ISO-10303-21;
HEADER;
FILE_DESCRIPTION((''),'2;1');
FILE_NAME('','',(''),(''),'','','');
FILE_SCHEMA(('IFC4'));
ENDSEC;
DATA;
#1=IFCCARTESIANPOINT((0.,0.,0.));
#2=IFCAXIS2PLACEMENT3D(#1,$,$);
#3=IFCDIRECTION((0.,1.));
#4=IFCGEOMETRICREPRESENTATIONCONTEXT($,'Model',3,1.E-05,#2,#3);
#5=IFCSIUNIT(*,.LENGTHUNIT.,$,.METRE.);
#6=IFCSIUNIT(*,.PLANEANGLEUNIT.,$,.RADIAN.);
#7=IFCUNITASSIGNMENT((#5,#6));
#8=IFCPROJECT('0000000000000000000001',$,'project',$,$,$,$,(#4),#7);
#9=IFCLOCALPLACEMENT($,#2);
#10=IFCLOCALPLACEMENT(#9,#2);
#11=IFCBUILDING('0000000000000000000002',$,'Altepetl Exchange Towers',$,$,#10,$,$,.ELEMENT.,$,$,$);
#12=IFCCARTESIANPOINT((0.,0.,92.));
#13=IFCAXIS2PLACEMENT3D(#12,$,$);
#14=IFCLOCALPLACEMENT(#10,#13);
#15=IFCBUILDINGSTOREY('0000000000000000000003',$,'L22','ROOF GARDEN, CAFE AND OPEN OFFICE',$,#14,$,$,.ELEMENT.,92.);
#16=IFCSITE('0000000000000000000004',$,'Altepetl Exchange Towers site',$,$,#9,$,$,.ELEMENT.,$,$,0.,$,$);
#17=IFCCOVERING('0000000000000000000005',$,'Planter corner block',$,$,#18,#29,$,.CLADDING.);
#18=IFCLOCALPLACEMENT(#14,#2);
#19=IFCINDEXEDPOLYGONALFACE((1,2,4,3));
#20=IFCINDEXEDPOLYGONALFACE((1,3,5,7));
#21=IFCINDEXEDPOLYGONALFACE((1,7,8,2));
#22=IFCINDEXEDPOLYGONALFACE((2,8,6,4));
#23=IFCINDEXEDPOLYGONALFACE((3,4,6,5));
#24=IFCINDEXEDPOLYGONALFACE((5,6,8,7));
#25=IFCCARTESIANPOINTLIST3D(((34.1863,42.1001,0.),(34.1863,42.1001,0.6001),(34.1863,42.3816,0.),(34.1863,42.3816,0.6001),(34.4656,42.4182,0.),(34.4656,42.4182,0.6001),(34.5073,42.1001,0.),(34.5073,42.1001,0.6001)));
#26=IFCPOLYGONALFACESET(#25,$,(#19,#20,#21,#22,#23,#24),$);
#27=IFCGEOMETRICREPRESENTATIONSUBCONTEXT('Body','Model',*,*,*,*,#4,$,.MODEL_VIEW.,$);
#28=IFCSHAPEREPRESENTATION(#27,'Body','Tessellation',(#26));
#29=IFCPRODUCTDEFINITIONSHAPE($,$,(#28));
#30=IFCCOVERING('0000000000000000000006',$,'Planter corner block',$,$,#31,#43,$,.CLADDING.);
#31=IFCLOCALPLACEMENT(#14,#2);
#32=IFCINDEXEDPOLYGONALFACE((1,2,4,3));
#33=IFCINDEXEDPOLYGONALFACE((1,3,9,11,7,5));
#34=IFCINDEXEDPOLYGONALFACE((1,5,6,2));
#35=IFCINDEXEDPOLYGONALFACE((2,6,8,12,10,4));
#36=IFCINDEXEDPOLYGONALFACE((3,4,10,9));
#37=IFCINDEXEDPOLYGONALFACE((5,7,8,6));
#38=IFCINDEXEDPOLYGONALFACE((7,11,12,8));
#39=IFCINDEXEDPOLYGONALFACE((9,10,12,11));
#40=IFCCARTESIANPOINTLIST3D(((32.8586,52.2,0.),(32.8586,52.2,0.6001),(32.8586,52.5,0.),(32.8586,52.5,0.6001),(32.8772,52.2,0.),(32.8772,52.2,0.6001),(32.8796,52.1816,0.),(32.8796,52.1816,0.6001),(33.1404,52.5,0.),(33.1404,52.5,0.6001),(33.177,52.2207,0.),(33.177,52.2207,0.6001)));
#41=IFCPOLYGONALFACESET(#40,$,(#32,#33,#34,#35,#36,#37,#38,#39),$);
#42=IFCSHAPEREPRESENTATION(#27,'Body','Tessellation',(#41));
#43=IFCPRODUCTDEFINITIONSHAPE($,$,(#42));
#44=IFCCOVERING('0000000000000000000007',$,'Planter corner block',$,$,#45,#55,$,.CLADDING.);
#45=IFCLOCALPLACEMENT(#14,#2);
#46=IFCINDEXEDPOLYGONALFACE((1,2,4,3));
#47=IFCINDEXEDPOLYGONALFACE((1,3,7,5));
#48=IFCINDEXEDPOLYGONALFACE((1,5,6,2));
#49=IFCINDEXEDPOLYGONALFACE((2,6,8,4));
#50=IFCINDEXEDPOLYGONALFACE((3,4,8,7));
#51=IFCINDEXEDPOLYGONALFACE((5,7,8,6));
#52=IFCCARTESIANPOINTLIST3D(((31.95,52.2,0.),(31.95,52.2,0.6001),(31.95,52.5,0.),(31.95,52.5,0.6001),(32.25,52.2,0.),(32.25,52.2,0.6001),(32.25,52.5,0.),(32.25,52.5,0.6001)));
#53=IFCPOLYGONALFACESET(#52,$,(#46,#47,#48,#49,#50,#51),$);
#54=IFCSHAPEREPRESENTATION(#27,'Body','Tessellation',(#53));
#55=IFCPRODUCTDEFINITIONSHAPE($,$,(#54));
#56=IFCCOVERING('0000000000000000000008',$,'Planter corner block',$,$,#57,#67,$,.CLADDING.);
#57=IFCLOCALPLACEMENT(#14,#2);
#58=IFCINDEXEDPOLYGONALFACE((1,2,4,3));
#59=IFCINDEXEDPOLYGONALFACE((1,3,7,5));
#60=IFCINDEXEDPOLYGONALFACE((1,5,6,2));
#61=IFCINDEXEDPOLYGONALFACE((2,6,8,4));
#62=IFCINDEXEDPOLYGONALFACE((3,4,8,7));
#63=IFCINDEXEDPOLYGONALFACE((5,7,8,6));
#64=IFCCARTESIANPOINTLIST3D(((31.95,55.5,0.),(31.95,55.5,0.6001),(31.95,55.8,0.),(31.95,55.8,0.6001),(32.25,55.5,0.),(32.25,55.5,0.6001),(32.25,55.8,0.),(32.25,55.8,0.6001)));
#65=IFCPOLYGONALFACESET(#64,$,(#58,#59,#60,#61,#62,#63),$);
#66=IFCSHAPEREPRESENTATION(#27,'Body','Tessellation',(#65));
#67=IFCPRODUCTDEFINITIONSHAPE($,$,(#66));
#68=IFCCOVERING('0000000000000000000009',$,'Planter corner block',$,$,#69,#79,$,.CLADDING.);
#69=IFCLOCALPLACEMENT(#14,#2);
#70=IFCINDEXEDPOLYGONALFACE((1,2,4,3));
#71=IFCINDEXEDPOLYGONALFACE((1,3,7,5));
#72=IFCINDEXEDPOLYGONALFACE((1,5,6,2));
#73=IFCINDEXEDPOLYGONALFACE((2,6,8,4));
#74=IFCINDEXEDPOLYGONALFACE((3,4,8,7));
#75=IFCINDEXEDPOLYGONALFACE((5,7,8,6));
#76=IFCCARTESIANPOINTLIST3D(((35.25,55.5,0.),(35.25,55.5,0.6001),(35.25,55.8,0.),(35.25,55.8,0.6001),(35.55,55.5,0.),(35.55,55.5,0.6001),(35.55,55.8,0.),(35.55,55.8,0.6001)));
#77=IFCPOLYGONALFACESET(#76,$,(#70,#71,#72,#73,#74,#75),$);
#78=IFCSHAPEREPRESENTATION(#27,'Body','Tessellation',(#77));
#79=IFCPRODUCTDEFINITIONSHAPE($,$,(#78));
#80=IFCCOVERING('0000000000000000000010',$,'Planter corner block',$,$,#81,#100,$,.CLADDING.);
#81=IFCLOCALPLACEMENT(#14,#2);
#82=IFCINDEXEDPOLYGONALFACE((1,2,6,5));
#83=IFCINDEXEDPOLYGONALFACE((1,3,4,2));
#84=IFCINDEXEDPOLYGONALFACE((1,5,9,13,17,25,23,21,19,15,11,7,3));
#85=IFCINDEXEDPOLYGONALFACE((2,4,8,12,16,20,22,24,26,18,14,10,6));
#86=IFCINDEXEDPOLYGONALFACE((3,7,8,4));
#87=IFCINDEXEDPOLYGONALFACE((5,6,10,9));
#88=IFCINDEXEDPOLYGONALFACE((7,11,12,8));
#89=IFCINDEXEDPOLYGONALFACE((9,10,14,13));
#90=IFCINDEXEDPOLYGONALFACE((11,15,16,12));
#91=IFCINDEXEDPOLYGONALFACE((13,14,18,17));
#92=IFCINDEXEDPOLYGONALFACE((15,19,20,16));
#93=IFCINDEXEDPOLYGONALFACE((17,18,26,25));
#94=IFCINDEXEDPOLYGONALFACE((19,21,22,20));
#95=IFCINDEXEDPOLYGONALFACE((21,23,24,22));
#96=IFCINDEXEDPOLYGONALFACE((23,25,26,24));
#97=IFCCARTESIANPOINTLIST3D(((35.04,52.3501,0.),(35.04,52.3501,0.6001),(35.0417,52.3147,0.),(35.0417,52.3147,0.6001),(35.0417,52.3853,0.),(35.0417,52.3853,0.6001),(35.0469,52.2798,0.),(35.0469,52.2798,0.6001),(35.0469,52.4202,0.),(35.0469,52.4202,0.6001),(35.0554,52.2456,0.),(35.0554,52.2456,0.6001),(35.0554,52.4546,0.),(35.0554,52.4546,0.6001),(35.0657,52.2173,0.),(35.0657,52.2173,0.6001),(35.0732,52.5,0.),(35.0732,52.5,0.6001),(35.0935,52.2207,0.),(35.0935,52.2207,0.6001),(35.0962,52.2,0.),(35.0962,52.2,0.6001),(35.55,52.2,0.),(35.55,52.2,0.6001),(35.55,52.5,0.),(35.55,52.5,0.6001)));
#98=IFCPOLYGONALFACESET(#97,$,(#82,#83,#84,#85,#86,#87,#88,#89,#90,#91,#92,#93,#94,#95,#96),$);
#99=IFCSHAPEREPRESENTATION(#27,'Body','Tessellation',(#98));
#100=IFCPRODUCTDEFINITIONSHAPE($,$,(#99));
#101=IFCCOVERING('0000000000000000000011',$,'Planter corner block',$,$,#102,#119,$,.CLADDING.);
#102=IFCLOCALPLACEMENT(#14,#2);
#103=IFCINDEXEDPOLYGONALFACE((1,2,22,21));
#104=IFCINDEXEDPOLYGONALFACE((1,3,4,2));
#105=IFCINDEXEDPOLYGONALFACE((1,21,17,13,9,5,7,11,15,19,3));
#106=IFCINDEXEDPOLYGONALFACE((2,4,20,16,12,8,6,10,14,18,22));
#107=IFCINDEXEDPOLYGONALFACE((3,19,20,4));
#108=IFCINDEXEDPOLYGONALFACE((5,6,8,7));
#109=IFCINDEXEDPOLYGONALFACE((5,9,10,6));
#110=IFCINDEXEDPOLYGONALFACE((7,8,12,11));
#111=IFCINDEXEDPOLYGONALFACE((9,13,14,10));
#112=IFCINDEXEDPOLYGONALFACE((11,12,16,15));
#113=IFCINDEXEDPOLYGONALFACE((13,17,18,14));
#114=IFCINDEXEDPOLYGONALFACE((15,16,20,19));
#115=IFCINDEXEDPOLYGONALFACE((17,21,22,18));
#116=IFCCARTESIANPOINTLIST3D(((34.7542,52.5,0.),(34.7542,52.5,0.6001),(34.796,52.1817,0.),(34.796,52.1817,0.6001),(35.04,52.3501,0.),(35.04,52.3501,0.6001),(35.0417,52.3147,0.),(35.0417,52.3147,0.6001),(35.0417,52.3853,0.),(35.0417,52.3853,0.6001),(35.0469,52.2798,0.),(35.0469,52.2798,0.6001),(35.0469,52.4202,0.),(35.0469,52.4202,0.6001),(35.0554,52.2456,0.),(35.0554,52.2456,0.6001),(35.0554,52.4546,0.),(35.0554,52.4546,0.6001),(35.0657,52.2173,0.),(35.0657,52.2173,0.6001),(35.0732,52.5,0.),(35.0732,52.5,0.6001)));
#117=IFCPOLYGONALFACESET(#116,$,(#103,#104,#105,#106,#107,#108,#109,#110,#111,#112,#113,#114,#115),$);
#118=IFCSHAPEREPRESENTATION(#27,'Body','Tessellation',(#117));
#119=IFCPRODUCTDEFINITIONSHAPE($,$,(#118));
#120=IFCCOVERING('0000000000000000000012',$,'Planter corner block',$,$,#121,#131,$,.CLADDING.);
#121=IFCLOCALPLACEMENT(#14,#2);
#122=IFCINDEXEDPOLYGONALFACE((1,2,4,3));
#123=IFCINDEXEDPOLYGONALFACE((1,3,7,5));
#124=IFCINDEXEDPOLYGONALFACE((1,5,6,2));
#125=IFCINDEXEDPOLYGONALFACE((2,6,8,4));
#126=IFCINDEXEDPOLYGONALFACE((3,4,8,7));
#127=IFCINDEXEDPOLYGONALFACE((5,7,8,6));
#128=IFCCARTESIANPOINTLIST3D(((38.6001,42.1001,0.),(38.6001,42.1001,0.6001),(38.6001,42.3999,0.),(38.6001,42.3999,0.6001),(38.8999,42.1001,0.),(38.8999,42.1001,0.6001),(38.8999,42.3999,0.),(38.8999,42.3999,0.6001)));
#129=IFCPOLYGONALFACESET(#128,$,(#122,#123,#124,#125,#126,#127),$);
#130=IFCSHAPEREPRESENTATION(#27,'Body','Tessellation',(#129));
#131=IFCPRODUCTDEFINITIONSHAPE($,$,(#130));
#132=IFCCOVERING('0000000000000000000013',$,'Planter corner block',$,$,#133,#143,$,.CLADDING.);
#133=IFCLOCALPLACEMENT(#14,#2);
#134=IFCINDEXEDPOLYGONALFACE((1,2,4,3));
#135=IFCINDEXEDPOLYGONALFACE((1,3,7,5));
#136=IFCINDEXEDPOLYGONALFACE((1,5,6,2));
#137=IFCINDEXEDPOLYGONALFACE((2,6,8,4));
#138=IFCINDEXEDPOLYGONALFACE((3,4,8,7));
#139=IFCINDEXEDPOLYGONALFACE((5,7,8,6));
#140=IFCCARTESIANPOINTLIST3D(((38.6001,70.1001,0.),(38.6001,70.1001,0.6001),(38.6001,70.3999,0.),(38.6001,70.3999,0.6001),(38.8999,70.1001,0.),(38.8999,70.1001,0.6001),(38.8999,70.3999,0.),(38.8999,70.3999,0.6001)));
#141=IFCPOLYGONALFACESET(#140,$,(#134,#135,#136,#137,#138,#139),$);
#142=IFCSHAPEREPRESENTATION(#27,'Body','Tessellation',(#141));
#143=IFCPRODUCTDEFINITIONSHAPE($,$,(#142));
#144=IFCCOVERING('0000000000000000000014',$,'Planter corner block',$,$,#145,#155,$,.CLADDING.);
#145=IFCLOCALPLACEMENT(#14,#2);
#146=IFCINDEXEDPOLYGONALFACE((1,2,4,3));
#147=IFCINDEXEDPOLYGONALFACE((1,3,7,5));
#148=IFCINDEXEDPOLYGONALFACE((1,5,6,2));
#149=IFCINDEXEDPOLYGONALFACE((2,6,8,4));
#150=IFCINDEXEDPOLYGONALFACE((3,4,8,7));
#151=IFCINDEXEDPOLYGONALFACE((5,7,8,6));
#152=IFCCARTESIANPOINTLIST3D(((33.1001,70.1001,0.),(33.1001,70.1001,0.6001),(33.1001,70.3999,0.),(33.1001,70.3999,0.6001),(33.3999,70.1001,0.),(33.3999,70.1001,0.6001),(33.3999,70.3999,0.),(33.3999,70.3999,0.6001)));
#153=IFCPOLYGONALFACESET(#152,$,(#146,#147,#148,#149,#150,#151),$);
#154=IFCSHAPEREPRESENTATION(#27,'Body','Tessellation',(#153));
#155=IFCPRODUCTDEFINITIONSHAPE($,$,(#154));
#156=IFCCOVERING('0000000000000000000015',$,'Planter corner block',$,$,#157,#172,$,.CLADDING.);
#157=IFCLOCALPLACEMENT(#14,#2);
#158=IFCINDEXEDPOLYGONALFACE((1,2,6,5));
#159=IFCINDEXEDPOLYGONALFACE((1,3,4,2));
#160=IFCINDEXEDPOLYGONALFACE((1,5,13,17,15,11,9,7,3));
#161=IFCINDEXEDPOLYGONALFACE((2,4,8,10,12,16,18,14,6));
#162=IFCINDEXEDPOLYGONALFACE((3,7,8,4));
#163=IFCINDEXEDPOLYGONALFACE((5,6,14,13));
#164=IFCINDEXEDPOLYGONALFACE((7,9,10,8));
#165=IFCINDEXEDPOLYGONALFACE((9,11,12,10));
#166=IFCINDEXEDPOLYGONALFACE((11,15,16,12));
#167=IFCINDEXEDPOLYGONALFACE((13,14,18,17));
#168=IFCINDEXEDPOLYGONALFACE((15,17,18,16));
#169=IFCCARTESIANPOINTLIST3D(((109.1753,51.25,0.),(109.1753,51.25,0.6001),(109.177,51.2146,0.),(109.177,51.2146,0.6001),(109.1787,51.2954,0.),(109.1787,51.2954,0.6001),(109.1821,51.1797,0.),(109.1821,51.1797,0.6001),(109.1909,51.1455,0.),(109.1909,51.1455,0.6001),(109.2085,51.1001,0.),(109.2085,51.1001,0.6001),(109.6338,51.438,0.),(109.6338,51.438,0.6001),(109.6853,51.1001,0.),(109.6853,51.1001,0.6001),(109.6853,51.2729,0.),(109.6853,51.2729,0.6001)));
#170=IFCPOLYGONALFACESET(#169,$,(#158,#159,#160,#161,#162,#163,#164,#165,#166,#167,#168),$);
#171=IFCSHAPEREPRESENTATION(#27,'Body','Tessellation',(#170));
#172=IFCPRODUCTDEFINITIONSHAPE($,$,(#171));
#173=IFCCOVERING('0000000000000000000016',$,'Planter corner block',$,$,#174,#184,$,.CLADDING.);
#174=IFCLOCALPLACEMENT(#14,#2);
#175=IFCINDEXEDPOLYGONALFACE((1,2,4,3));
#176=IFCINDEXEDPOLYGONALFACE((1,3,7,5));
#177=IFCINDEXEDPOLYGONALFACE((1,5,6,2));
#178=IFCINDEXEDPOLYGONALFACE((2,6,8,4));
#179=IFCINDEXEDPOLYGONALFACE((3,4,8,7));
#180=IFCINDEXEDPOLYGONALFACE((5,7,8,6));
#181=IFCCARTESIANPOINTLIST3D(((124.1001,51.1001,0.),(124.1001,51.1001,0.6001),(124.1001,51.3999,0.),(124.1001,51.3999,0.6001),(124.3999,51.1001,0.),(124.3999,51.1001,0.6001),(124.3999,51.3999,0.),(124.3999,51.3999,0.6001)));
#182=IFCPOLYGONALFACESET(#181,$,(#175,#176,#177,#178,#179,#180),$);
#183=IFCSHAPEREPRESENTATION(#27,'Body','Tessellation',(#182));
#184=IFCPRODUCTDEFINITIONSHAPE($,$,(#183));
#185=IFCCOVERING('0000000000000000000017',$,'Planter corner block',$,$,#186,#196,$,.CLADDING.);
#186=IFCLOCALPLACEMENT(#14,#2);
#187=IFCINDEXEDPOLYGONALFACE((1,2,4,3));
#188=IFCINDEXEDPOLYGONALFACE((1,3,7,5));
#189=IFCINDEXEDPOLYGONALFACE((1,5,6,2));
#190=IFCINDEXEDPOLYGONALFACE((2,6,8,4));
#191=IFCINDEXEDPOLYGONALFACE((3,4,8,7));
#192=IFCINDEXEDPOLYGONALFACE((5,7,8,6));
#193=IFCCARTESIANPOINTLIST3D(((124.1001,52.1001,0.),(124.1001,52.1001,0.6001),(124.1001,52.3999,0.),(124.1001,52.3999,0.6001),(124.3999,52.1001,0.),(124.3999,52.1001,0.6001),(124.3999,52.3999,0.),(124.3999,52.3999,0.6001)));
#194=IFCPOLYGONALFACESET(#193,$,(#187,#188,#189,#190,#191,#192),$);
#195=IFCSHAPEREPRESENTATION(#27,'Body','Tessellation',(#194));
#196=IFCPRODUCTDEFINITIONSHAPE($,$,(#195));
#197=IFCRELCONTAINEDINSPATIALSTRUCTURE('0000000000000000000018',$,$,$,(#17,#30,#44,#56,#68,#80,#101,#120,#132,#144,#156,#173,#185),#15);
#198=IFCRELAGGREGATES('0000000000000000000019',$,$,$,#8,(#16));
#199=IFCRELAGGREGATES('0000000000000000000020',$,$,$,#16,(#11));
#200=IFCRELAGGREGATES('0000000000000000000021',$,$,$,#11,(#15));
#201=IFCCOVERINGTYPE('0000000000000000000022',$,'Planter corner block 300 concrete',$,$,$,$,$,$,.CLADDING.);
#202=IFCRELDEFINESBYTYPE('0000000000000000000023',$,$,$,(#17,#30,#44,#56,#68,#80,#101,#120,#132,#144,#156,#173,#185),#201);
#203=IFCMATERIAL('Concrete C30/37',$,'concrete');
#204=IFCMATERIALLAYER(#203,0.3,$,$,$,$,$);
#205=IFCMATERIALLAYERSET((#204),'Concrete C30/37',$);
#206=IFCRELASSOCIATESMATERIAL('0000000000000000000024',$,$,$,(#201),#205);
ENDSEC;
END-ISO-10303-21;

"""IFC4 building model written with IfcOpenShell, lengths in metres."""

from ifc_helpers import new_model, si_unit, direction, frame, origin, place, context, subcontext, project, spatial, polyline, outline, extrude, material, layer, layer_set, type_object, element, save


model = new_model("IFC4")

# Units and contexts
model_context = context("Model", 3, precision=1e-05, world=origin(), true_north=direction((0.0, 1.0)))
body_context = subcontext(model_context, "Body", "Model", "MODEL_VIEW")
ifc_project = project(units=[si_unit("LENGTHUNIT", "METRE"), si_unit("PLANEANGLEUNIT", "RADIAN")], contexts=[model_context])

# Site, building, storey
site_placement = place(None, origin())
site = spatial("IfcSite", under=ifc_project, at=site_placement, Name="Altepetl Exchange Towers site", CompositionType="ELEMENT", RefElevation=0.0)
building_placement = place(site_placement, origin())
building = spatial("IfcBuilding", under=site, at=building_placement, Name="Altepetl Exchange Towers", CompositionType="ELEMENT")
storey_placement = place(building_placement, frame((0.0, 0.0, 92.0)))
storey = spatial("IfcBuildingStorey", under=building, at=storey_placement, Name="L22", Description="ROOF GARDEN, CAFE AND OPEN OFFICE", CompositionType="ELEMENT", Elevation=92.0)

# Coverings
ifc_material_1 = material(Name="Concrete C30/37", Category="concrete")
ifc_layer_1 = layer(ifc_material_1, 0.3)
ifc_layer_set_1 = layer_set([ifc_layer_1], Name="Concrete C30/37")
covering_type_1 = type_object("IfcCoveringType", Name="Planter corner block 300 concrete", PredefinedType="CLADDING", material=ifc_layer_set_1)
covering_1_placement = place(storey_placement, origin())
element("IfcCovering", 1, at=covering_1_placement, inside=storey, type_object=covering_type_1, Name="Planter corner block", PredefinedType="CLADDING", context=body_context, shape_type="SweptSolid", body=[
    extrude(outline(polyline([(34.1863, 42.3816), (34.1863, 42.1001), (34.5073, 42.1001), (34.4656, 42.4182), (34.1863, 42.3816)])), origin(), (0.0, 0.0, 1.0), 0.6001),
])
covering_2_placement = place(storey_placement, origin())
element("IfcCovering", 2, at=covering_2_placement, inside=storey, type_object=covering_type_1, Name="Planter corner block", PredefinedType="CLADDING", context=body_context, shape_type="SweptSolid", body=[
    extrude(outline(polyline([(33.177, 52.2207), (33.2, 52.0454), (33.1404, 52.5), (32.8586, 52.5), (32.8586, 52.2), (32.8772, 52.2), (32.8796, 52.1816), (33.177, 52.2207)])), origin(), (0.0, 0.0, 1.0), 0.6001),
])
covering_3_placement = place(storey_placement, origin())
element("IfcCovering", 3, at=covering_3_placement, inside=storey, type_object=covering_type_1, Name="Planter corner block", PredefinedType="CLADDING", context=body_context, shape_type="SweptSolid", body=[
    extrude(outline(polyline([(31.95, 52.5), (31.95, 52.2), (32.25, 52.2), (32.25, 52.5), (31.95, 52.5)])), origin(), (0.0, 0.0, 1.0), 0.6001),
])
covering_4_placement = place(storey_placement, origin())
element("IfcCovering", 4, at=covering_4_placement, inside=storey, type_object=covering_type_1, Name="Planter corner block", PredefinedType="CLADDING", context=body_context, shape_type="SweptSolid", body=[
    extrude(outline(polyline([(32.25, 55.8), (31.95, 55.8), (31.95, 55.5), (32.25, 55.5), (32.25, 55.8)])), origin(), (0.0, 0.0, 1.0), 0.6001),
])
covering_5_placement = place(storey_placement, origin())
element("IfcCovering", 5, at=covering_5_placement, inside=storey, type_object=covering_type_1, Name="Planter corner block", PredefinedType="CLADDING", context=body_context, shape_type="SweptSolid", body=[
    extrude(outline(polyline([(35.55, 55.5), (35.55, 55.8), (35.25, 55.8), (35.25, 55.5), (35.55, 55.5)])), origin(), (0.0, 0.0, 1.0), 0.6001),
])
covering_6_placement = place(storey_placement, origin())
element("IfcCovering", 6, at=covering_6_placement, inside=storey, type_object=covering_type_1, Name="Planter corner block", PredefinedType="CLADDING", context=body_context, shape_type="SweptSolid", body=[
    extrude(outline(polyline([(35.0962, 52.2), (35.55, 52.2), (35.55, 52.5), (35.0732, 52.5), (35.0554, 52.4546), (35.0469, 52.4202), (35.0417, 52.3853), (35.04, 52.3501), (35.0417, 52.3147), (35.0469, 52.2798), (35.0554, 52.2456), (35.0657, 52.2173), (35.0935, 52.2207), (35.0962, 52.2)])), origin(), (0.0, 0.0, 1.0), 0.6001),
])
covering_7_placement = place(storey_placement, origin())
element("IfcCovering", 7, at=covering_7_placement, inside=storey, type_object=covering_type_1, Name="Planter corner block", PredefinedType="CLADDING", context=body_context, shape_type="SweptSolid", body=[
    extrude(outline(polyline([(35.0732, 52.5), (34.7542, 52.5), (34.8191, 52.0061), (34.7959, 52.1816), (35.0657, 52.2173), (35.0554, 52.2456), (35.0554, 52.2456), (35.0469, 52.2798), (35.0469, 52.2798), (35.0417, 52.3147), (35.0417, 52.3147), (35.04, 52.3501), (35.04, 52.3501), (35.0417, 52.3853), (35.0417, 52.3853), (35.0469, 52.4202), (35.0469, 52.4202), (35.0554, 52.4546), (35.0554, 52.4546), (35.0732, 52.5)])), origin(), (0.0, 0.0, 1.0), 0.6001),
])
covering_8_placement = place(storey_placement, origin())
element("IfcCovering", 8, at=covering_8_placement, inside=storey, type_object=covering_type_1, Name="Planter corner block", PredefinedType="CLADDING", context=body_context, shape_type="SweptSolid", body=[
    extrude(outline(polyline([(38.6001, 42.3999), (38.6001, 42.1001), (38.8999, 42.1001), (38.8999, 42.3999), (38.6001, 42.3999)])), origin(), (0.0, 0.0, 1.0), 0.6001),
])
covering_9_placement = place(storey_placement, origin())
element("IfcCovering", 9, at=covering_9_placement, inside=storey, type_object=covering_type_1, Name="Planter corner block", PredefinedType="CLADDING", context=body_context, shape_type="SweptSolid", body=[
    extrude(outline(polyline([(38.6001, 70.1001), (38.8999, 70.1001), (38.8999, 70.3999), (38.6001, 70.3999), (38.6001, 70.1001)])), origin(), (0.0, 0.0, 1.0), 0.6001),
])
covering_10_placement = place(storey_placement, origin())
element("IfcCovering", 10, at=covering_10_placement, inside=storey, type_object=covering_type_1, Name="Planter corner block", PredefinedType="CLADDING", context=body_context, shape_type="SweptSolid", body=[
    extrude(outline(polyline([(33.3999, 70.1001), (33.3999, 70.3999), (33.1001, 70.3999), (33.1001, 70.1001), (33.3999, 70.1001)])), origin(), (0.0, 0.0, 1.0), 0.6001),
])
covering_11_placement = place(storey_placement, origin())
element("IfcCovering", 11, at=covering_11_placement, inside=storey, type_object=covering_type_1, Name="Planter corner block", PredefinedType="CLADDING", context=body_context, shape_type="SweptSolid", body=[
    extrude(outline(polyline([(109.2085, 51.1001), (109.6853, 51.1001), (109.6853, 51.2729), (109.6338, 51.438), (109.1787, 51.2954), (109.1753, 51.25), (109.177, 51.2146), (109.1821, 51.1797), (109.1909, 51.1455), (109.2085, 51.1001)])), origin(), (0.0, 0.0, 1.0), 0.6001),
])
covering_12_placement = place(storey_placement, origin())
element("IfcCovering", 12, at=covering_12_placement, inside=storey, type_object=covering_type_1, Name="Planter corner block", PredefinedType="CLADDING", context=body_context, shape_type="SweptSolid", body=[
    extrude(outline(polyline([(124.1001, 51.3999), (124.1001, 51.1001), (124.3999, 51.1001), (124.3999, 51.3999), (124.1001, 51.3999)])), origin(), (0.0, 0.0, 1.0), 0.6001),
])
covering_13_placement = place(storey_placement, origin())
element("IfcCovering", 13, at=covering_13_placement, inside=storey, type_object=covering_type_1, Name="Planter corner block", PredefinedType="CLADDING", context=body_context, shape_type="SweptSolid", body=[
    extrude(outline(polyline([(124.1001, 52.1001), (124.3999, 52.1001), (124.3999, 52.3999), (124.1001, 52.3999), (124.1001, 52.1001)])), origin(), (0.0, 0.0, 1.0), 0.6001),
])

save(model, "model.ifc")
